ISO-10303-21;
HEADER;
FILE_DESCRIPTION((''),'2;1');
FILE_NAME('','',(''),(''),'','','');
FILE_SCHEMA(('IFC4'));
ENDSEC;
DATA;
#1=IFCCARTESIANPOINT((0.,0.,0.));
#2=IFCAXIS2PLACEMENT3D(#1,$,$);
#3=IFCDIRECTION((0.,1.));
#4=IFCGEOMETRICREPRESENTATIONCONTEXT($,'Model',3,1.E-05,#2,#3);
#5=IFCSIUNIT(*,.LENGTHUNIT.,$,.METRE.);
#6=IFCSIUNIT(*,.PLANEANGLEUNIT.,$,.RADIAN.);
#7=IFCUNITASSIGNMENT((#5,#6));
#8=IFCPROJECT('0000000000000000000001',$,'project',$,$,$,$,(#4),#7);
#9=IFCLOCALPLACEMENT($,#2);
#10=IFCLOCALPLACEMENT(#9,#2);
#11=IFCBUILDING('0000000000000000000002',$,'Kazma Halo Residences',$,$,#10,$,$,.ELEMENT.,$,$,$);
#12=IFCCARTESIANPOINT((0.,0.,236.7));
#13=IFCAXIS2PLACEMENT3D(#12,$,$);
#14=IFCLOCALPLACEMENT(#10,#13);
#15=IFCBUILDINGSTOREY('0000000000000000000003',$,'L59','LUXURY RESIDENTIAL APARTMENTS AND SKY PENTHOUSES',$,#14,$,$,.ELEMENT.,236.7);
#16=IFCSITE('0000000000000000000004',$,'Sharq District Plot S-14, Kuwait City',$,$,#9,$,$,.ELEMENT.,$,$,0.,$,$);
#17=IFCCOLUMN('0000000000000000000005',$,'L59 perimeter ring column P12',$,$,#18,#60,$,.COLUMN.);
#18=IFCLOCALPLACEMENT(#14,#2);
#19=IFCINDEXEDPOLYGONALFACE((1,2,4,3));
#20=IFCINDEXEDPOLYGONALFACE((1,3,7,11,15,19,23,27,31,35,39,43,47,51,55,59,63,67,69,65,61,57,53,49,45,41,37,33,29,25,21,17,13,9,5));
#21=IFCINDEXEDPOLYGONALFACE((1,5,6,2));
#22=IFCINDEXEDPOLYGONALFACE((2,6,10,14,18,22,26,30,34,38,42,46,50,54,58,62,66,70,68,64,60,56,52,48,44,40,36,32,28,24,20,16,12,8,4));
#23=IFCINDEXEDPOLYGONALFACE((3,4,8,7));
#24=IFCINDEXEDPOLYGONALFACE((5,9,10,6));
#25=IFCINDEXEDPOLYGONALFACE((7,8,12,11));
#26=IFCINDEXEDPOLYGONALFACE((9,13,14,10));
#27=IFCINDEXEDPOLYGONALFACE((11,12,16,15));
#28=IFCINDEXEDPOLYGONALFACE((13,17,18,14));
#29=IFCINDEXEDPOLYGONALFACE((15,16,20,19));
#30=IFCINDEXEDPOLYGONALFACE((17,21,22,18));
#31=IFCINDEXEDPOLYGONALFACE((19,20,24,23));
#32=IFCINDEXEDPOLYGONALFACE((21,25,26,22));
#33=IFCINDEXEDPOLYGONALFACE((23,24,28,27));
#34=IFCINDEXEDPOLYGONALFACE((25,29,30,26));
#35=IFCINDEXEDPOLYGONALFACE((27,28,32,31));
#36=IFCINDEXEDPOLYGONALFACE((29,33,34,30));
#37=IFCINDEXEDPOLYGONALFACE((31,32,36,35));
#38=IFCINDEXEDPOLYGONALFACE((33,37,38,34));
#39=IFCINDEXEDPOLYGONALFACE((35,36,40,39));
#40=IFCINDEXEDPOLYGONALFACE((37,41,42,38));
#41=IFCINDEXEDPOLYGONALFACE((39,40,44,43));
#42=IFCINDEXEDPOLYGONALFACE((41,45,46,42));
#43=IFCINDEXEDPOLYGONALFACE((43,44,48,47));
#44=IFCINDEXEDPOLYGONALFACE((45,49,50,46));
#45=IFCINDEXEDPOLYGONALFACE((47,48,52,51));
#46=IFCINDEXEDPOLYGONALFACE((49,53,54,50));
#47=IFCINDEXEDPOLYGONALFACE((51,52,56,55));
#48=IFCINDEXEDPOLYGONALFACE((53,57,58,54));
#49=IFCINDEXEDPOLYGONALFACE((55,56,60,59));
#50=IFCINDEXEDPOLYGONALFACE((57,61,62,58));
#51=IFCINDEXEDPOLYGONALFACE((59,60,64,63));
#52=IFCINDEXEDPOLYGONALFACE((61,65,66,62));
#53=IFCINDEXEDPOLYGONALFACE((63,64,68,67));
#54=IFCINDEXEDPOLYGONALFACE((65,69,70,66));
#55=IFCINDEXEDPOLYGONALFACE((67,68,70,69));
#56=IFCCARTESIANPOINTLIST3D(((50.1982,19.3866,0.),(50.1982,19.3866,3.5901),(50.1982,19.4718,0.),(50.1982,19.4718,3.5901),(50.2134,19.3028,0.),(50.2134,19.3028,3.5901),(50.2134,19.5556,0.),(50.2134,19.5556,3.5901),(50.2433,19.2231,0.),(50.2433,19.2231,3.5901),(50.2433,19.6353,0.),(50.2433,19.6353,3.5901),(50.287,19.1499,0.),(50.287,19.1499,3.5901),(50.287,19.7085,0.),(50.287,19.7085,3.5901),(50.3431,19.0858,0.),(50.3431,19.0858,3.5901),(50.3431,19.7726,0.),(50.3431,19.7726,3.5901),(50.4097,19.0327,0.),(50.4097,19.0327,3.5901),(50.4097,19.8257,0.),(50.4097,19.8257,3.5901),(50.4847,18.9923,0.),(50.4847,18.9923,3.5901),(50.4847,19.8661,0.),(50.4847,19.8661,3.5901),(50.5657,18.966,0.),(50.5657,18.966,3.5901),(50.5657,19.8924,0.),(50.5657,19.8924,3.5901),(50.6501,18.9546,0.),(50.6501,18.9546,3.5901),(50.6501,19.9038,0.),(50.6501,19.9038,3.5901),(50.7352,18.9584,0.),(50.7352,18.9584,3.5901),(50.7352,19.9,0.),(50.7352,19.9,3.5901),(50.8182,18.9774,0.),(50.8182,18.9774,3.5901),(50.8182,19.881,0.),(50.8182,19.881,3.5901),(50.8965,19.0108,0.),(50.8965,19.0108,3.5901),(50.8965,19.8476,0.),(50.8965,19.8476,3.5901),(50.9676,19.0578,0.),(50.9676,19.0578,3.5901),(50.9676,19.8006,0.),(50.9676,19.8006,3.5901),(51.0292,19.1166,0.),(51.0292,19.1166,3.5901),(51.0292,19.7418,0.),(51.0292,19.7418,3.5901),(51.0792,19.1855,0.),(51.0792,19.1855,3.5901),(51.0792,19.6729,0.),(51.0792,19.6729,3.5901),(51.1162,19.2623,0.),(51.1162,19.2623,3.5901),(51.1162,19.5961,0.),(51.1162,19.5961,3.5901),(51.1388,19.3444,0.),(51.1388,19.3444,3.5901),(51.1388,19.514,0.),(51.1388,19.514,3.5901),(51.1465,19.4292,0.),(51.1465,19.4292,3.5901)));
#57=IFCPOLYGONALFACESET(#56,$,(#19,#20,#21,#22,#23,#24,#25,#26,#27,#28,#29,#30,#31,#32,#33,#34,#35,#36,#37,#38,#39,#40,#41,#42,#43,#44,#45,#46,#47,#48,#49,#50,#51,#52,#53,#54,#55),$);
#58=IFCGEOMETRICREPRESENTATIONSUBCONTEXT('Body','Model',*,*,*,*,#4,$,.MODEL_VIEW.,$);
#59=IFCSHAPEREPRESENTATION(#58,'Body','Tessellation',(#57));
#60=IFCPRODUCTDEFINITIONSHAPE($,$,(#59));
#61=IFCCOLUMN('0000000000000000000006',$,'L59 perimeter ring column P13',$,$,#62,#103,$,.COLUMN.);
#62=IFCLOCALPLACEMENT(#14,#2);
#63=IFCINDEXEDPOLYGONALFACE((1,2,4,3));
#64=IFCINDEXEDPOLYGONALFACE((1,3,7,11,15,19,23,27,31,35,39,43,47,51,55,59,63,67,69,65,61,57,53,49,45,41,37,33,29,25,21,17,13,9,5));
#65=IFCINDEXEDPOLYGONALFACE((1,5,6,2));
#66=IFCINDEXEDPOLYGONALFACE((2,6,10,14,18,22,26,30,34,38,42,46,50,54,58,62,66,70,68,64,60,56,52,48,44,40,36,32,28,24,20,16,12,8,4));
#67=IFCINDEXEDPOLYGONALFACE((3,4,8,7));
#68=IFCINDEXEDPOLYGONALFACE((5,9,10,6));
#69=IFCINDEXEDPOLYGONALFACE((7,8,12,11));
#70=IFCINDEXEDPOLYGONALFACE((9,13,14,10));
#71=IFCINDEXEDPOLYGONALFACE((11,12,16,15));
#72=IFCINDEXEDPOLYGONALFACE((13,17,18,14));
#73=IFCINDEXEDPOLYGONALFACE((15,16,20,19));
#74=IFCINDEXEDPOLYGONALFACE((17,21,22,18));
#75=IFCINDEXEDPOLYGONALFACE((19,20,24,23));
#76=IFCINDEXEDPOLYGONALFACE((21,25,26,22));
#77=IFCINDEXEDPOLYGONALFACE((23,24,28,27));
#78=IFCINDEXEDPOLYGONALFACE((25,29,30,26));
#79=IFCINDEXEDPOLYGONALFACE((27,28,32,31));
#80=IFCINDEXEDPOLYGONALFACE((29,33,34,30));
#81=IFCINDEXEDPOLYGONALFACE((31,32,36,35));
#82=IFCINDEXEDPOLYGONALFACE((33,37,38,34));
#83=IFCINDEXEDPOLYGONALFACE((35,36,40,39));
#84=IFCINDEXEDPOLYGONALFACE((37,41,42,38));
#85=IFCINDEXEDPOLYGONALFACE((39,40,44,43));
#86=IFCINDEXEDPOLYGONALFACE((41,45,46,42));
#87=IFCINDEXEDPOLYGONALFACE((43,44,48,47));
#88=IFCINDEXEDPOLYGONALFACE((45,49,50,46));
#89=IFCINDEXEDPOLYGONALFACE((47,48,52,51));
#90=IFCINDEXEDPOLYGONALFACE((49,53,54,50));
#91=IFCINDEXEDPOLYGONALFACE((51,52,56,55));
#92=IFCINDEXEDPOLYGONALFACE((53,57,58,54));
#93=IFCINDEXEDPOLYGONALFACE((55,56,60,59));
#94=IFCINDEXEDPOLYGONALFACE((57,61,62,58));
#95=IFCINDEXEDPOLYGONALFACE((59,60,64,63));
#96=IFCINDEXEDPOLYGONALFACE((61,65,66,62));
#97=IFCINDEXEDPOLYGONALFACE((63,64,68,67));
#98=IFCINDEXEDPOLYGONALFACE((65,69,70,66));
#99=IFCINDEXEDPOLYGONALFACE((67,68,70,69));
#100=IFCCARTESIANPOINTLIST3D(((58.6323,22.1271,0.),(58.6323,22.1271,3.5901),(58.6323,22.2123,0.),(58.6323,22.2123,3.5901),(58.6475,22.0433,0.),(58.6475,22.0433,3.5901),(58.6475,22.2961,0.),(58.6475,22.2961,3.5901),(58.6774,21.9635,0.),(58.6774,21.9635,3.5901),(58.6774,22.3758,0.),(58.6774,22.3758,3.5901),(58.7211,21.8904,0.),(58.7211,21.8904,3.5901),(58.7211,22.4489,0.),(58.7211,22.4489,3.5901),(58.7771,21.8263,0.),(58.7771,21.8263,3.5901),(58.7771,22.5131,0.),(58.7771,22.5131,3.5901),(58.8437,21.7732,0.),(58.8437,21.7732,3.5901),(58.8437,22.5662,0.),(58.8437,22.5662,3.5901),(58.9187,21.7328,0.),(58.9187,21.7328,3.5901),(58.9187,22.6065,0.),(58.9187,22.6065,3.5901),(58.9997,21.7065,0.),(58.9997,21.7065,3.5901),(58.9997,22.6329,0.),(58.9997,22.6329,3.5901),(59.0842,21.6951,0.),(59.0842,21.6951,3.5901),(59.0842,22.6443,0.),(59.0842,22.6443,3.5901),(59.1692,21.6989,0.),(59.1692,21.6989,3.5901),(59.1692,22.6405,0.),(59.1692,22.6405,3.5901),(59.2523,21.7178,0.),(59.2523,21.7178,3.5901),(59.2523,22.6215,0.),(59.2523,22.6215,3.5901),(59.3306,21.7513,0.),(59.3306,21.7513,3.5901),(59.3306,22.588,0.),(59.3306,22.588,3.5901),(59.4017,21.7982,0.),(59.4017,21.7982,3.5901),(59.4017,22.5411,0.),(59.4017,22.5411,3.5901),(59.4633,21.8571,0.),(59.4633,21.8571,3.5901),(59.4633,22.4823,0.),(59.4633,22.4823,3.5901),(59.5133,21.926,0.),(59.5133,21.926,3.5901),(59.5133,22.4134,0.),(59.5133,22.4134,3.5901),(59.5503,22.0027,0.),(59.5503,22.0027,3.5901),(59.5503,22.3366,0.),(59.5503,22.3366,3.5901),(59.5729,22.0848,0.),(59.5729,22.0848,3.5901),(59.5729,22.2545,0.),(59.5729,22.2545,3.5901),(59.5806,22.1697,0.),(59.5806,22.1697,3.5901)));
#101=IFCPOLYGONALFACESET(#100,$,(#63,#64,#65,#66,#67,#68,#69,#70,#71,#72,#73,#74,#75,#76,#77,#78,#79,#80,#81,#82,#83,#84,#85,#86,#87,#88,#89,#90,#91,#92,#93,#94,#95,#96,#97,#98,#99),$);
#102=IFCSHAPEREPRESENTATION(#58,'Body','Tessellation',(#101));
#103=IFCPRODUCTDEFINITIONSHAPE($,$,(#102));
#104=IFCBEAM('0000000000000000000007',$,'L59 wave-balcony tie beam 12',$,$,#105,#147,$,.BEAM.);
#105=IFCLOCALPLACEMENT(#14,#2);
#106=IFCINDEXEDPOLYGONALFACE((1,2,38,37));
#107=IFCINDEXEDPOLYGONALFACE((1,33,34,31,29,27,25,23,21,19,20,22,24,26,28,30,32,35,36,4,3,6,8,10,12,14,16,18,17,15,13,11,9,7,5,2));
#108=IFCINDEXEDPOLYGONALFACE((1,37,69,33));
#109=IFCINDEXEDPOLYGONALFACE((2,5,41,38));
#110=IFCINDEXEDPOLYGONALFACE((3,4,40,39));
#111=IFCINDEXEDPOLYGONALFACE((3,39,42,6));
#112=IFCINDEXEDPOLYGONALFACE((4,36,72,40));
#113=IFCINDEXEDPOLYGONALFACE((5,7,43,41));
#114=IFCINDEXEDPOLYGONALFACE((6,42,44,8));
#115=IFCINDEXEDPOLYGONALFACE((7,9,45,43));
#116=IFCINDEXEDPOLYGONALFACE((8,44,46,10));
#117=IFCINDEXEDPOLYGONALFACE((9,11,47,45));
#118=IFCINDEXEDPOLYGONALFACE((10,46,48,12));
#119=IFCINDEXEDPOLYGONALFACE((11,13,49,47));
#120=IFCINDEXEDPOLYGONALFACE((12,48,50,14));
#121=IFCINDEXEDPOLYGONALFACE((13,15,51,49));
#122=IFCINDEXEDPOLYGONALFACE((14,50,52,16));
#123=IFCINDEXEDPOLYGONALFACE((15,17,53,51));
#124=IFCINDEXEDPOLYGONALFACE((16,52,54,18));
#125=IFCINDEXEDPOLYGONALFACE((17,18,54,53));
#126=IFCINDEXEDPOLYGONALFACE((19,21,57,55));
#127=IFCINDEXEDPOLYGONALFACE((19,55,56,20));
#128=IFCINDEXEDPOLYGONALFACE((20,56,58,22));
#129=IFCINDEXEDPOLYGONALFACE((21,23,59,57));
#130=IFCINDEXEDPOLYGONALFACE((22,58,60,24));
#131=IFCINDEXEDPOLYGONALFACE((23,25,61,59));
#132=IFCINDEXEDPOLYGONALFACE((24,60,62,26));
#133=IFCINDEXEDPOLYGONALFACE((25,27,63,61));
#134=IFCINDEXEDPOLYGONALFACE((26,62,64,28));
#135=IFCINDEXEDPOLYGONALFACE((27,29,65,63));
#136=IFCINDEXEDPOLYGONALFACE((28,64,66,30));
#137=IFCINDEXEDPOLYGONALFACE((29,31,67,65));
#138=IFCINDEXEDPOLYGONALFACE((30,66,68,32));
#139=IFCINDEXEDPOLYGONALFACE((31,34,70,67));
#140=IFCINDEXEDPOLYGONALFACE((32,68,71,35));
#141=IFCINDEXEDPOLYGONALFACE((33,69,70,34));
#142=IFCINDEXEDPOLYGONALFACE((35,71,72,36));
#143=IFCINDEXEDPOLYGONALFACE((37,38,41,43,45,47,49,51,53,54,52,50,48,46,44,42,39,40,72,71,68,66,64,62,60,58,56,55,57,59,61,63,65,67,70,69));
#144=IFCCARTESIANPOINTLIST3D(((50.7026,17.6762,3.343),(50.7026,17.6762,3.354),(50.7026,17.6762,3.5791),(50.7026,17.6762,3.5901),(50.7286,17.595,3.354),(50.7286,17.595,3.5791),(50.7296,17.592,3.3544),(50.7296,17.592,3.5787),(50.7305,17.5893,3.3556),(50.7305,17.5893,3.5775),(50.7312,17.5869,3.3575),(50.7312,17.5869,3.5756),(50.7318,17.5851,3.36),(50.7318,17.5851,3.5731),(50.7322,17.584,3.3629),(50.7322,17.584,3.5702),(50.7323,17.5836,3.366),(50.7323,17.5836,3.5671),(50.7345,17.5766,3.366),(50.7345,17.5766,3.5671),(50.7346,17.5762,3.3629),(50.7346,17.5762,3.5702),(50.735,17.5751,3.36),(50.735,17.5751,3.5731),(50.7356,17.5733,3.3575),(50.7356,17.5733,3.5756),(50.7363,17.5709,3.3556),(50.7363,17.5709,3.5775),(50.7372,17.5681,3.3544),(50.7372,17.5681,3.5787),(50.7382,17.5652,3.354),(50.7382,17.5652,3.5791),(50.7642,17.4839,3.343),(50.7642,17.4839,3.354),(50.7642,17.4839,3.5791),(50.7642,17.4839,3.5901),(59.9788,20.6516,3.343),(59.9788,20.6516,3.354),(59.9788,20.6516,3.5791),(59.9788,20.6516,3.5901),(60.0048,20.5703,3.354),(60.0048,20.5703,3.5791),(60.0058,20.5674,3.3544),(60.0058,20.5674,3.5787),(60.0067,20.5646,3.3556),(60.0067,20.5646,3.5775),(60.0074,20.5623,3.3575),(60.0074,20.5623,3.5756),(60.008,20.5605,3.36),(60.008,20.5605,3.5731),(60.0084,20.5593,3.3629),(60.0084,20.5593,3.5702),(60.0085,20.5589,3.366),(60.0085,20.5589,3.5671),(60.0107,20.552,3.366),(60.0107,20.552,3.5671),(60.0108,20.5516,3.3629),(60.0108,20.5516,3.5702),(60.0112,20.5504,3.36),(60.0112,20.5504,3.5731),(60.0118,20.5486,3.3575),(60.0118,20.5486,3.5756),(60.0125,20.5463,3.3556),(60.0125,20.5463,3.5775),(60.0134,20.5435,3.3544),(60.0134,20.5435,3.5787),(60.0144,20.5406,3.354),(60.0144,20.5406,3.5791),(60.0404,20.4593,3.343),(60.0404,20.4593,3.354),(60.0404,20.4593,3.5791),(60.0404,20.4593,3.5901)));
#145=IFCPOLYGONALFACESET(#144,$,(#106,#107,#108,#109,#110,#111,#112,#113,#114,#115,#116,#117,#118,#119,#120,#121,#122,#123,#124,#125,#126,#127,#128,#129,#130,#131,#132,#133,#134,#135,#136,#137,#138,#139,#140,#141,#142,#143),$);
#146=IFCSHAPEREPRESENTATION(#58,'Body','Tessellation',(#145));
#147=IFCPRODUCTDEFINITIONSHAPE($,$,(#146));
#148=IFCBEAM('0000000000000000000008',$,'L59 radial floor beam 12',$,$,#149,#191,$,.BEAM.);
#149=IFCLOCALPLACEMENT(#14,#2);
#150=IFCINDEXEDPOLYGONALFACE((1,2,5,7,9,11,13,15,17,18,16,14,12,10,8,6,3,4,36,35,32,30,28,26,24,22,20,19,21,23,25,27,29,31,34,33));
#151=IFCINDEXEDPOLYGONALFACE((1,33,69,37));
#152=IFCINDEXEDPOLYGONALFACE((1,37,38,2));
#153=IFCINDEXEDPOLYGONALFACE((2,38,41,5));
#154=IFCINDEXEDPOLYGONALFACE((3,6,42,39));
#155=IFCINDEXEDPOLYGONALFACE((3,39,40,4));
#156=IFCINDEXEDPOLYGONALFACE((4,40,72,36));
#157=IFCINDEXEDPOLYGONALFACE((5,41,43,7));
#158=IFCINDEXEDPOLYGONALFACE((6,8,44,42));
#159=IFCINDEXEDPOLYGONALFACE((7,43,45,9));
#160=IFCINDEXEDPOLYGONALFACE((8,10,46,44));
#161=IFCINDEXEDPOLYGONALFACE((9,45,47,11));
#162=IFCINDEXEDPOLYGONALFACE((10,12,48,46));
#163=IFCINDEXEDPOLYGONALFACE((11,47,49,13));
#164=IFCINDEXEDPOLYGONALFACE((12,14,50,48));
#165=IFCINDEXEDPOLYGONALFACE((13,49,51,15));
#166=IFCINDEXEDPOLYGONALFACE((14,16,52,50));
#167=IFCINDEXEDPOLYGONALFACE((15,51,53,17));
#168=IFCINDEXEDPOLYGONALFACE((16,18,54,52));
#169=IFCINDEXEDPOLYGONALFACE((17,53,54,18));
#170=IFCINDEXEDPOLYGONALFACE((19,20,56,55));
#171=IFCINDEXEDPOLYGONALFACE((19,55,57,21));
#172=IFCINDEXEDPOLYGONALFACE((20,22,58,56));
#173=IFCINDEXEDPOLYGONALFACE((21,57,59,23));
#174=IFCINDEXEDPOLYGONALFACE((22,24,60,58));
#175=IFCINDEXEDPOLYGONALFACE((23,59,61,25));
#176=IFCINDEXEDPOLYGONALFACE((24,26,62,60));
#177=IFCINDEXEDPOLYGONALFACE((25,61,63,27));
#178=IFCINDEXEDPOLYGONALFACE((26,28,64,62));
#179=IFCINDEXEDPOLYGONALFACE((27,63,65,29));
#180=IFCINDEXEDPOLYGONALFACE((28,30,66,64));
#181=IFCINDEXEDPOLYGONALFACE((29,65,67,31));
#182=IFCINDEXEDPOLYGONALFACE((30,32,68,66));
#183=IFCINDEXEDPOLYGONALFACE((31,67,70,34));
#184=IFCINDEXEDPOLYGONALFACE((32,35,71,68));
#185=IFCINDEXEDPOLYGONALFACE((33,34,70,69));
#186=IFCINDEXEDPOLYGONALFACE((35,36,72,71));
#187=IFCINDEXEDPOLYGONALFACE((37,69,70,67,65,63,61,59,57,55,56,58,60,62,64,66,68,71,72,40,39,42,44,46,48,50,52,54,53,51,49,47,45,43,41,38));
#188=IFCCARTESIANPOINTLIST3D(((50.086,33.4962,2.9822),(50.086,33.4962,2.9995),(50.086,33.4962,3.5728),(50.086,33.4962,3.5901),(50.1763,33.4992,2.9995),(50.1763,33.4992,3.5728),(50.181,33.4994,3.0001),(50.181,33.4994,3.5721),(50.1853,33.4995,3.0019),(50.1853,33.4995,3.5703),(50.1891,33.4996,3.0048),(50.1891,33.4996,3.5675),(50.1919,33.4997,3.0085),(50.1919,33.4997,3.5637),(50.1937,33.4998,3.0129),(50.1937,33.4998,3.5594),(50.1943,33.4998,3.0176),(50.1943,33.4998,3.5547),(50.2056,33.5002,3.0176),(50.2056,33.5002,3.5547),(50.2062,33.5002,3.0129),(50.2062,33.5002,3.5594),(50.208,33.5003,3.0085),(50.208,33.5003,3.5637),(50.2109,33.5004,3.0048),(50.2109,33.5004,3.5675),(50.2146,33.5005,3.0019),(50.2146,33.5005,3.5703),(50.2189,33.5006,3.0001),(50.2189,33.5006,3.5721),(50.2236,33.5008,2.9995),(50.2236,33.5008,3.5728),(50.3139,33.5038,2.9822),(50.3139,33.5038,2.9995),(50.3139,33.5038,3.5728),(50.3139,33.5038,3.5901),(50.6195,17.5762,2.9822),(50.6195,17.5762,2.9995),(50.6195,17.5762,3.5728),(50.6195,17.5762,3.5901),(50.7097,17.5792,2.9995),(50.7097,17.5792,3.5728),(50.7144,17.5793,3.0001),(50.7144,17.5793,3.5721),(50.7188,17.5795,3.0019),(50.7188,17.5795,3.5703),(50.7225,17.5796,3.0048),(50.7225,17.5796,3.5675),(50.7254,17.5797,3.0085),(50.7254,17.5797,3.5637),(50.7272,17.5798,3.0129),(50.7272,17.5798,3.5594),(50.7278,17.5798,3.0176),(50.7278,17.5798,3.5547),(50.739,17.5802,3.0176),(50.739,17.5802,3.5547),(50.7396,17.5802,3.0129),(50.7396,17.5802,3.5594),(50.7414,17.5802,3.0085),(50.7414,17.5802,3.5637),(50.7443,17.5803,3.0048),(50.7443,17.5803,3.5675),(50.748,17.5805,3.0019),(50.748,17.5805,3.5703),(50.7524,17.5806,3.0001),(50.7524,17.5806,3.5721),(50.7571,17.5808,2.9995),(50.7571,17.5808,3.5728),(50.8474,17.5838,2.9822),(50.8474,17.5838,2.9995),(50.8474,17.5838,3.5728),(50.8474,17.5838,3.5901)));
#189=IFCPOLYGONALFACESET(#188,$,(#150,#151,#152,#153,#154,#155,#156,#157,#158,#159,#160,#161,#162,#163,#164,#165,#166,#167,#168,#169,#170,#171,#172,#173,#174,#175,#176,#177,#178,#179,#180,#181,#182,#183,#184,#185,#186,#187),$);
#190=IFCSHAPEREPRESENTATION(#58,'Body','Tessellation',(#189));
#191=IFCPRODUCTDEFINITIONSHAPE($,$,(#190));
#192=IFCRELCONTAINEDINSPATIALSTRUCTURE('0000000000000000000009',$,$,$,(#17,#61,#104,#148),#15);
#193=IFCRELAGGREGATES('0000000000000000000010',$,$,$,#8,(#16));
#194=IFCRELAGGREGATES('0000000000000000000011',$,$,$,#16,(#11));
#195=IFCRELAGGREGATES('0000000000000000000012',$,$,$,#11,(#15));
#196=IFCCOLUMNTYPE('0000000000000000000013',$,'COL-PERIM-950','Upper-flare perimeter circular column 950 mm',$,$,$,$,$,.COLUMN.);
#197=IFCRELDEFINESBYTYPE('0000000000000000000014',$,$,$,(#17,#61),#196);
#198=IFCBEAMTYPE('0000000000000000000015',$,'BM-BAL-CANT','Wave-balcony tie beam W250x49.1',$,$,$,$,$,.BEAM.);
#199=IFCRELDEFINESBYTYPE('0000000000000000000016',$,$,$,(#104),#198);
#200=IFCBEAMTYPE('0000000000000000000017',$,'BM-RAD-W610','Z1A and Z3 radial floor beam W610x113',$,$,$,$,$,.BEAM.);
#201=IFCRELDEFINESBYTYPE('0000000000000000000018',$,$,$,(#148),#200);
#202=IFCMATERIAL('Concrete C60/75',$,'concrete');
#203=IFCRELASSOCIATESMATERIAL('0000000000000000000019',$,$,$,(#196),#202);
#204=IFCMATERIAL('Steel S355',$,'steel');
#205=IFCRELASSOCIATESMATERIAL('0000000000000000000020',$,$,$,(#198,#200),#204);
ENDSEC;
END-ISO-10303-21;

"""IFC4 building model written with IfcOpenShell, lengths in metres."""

from ifc_helpers import new_model, si_unit, direction, frame, origin, origin_2d, place, context, subcontext, project, spatial, circle, i_section, extrude, material, material_profile, profile_set, type_object, element, save


model = new_model("IFC4")

# Units and contexts
model_context = context("Model", 3, precision=1e-05, world=origin(), true_north=direction((0.0, 1.0)))
body_context = subcontext(model_context, "Body", "Model", "MODEL_VIEW")
ifc_project = project(units=[si_unit("LENGTHUNIT", "METRE"), si_unit("PLANEANGLEUNIT", "RADIAN")], contexts=[model_context])

# Site, building, storey
site_placement = place(None, origin())
site = spatial("IfcSite", under=ifc_project, at=site_placement, Name="Sharq District Plot S-14, Kuwait City", CompositionType="ELEMENT", RefElevation=0.0)
building_placement = place(site_placement, origin())
building = spatial("IfcBuilding", under=site, at=building_placement, Name="Kazma Halo Residences", CompositionType="ELEMENT")
storey_placement = place(building_placement, frame((0.0, 0.0, 236.7)))
storey = spatial("IfcBuildingStorey", under=building, at=storey_placement, Name="L59", Description="LUXURY RESIDENTIAL APARTMENTS AND SKY PENTHOUSES", CompositionType="ELEMENT", Elevation=236.7)

# Columns
ifc_material_1 = material(Name="Concrete C60/75", Category="concrete")
ifc_material_profile_1 = material_profile(ifc_material_1, circle(Radius=0.4751, at=origin_2d()), Name="CIRC950")
ifc_profile_set_1 = profile_set([ifc_material_profile_1], Name="Concrete C60/75")
column_type = type_object("IfcColumnType", Name="COL-PERIM-950", Description="Upper-flare perimeter circular column 950 mm", PredefinedType="COLUMN", material=ifc_profile_set_1)
for number, where, z_axis, x_axis, name in (
    (1, (50.6714, 19.4292, 0.0), (0.0, 0.0, 1.0), (1.0, 0.0, 0.0), "L59 perimeter ring column P12"),
    (2, (59.1055, 22.1697, 0.0), (0.0, 0.0, 1.0), (1.0, 0.0, 0.0), "L59 perimeter ring column P13"),
):
    element("IfcColumn", number, at=place(storey_placement, frame(where, z_axis=z_axis, x_axis=x_axis)), inside=storey, type_object=column_type, Name=name, PredefinedType="COLUMN", context=body_context, shape_type="SweptSolid", body=[
        extrude(circle(Radius=0.4751, at=origin_2d()), origin(), (0.0, 0.0, 1.0), 3.5901),
    ])

# Beams
ifc_material_2 = material(Name="Steel S355", Category="steel")
ifc_material_profile_2 = material_profile(ifc_material_2, i_section(OverallWidth=0.2019, OverallDepth=0.2471, WebThickness=0.0073, FlangeThickness=0.011, FilletRadius=0.012, at=origin_2d()), Name="W250x49.1")
ifc_profile_set_2 = profile_set([ifc_material_profile_2], Name="Steel S355")
beam_type_1 = type_object("IfcBeamType", Name="BM-BAL-CANT", Description="Wave-balcony tie beam W250x49.1", PredefinedType="BEAM", material=ifc_profile_set_2)
beam_1_placement = place(storey_placement, frame((50.7334, 17.5801, 3.4666), z_axis=(0.952216, 0.305426, 0.0), x_axis=(-0.305426, 0.952216, 0.0)))
element("IfcBeam", 3, at=beam_1_placement, inside=storey, type_object=beam_type_1, Name="L59 wave-balcony tie beam 12", PredefinedType="BEAM", context=body_context, shape_type="SweptSolid", body=[
    extrude(i_section(OverallWidth=0.2019, OverallDepth=0.2471, WebThickness=0.0073, FlangeThickness=0.011, FilletRadius=0.012, at=origin_2d()), origin(), (0.0, 0.0, 1.0), 9.7417),
])
ifc_material_profile_3 = material_profile(ifc_material_2, i_section(OverallWidth=0.228, OverallDepth=0.6079, WebThickness=0.0112, FlangeThickness=0.0173, FilletRadius=0.0181, at=origin_2d()), Name="W610x113")
ifc_profile_set_3 = profile_set([ifc_material_profile_3], Name="Steel S355")
beam_type_2 = type_object("IfcBeamType", Name="BM-RAD-W610", Description="Z1A and Z3 radial floor beam W610x113", PredefinedType="BEAM", material=ifc_profile_set_3)
beam_2_placement = place(storey_placement, frame((50.2, 33.5, 3.2861), z_axis=(0.033489, -0.999439, 0.0), x_axis=(0.999439, 0.033489, 0.0)))
element("IfcBeam", 4, at=beam_2_placement, inside=storey, type_object=beam_type_2, Name="L59 radial floor beam 12", PredefinedType="BEAM", context=body_context, shape_type="SweptSolid", body=[
    extrude(i_section(OverallWidth=0.228, OverallDepth=0.6079, WebThickness=0.0112, FlangeThickness=0.0173, FilletRadius=0.0181, at=origin_2d()), origin(), (0.0, 0.0, 1.0), 15.929),
])

save(model, "model.ifc")
